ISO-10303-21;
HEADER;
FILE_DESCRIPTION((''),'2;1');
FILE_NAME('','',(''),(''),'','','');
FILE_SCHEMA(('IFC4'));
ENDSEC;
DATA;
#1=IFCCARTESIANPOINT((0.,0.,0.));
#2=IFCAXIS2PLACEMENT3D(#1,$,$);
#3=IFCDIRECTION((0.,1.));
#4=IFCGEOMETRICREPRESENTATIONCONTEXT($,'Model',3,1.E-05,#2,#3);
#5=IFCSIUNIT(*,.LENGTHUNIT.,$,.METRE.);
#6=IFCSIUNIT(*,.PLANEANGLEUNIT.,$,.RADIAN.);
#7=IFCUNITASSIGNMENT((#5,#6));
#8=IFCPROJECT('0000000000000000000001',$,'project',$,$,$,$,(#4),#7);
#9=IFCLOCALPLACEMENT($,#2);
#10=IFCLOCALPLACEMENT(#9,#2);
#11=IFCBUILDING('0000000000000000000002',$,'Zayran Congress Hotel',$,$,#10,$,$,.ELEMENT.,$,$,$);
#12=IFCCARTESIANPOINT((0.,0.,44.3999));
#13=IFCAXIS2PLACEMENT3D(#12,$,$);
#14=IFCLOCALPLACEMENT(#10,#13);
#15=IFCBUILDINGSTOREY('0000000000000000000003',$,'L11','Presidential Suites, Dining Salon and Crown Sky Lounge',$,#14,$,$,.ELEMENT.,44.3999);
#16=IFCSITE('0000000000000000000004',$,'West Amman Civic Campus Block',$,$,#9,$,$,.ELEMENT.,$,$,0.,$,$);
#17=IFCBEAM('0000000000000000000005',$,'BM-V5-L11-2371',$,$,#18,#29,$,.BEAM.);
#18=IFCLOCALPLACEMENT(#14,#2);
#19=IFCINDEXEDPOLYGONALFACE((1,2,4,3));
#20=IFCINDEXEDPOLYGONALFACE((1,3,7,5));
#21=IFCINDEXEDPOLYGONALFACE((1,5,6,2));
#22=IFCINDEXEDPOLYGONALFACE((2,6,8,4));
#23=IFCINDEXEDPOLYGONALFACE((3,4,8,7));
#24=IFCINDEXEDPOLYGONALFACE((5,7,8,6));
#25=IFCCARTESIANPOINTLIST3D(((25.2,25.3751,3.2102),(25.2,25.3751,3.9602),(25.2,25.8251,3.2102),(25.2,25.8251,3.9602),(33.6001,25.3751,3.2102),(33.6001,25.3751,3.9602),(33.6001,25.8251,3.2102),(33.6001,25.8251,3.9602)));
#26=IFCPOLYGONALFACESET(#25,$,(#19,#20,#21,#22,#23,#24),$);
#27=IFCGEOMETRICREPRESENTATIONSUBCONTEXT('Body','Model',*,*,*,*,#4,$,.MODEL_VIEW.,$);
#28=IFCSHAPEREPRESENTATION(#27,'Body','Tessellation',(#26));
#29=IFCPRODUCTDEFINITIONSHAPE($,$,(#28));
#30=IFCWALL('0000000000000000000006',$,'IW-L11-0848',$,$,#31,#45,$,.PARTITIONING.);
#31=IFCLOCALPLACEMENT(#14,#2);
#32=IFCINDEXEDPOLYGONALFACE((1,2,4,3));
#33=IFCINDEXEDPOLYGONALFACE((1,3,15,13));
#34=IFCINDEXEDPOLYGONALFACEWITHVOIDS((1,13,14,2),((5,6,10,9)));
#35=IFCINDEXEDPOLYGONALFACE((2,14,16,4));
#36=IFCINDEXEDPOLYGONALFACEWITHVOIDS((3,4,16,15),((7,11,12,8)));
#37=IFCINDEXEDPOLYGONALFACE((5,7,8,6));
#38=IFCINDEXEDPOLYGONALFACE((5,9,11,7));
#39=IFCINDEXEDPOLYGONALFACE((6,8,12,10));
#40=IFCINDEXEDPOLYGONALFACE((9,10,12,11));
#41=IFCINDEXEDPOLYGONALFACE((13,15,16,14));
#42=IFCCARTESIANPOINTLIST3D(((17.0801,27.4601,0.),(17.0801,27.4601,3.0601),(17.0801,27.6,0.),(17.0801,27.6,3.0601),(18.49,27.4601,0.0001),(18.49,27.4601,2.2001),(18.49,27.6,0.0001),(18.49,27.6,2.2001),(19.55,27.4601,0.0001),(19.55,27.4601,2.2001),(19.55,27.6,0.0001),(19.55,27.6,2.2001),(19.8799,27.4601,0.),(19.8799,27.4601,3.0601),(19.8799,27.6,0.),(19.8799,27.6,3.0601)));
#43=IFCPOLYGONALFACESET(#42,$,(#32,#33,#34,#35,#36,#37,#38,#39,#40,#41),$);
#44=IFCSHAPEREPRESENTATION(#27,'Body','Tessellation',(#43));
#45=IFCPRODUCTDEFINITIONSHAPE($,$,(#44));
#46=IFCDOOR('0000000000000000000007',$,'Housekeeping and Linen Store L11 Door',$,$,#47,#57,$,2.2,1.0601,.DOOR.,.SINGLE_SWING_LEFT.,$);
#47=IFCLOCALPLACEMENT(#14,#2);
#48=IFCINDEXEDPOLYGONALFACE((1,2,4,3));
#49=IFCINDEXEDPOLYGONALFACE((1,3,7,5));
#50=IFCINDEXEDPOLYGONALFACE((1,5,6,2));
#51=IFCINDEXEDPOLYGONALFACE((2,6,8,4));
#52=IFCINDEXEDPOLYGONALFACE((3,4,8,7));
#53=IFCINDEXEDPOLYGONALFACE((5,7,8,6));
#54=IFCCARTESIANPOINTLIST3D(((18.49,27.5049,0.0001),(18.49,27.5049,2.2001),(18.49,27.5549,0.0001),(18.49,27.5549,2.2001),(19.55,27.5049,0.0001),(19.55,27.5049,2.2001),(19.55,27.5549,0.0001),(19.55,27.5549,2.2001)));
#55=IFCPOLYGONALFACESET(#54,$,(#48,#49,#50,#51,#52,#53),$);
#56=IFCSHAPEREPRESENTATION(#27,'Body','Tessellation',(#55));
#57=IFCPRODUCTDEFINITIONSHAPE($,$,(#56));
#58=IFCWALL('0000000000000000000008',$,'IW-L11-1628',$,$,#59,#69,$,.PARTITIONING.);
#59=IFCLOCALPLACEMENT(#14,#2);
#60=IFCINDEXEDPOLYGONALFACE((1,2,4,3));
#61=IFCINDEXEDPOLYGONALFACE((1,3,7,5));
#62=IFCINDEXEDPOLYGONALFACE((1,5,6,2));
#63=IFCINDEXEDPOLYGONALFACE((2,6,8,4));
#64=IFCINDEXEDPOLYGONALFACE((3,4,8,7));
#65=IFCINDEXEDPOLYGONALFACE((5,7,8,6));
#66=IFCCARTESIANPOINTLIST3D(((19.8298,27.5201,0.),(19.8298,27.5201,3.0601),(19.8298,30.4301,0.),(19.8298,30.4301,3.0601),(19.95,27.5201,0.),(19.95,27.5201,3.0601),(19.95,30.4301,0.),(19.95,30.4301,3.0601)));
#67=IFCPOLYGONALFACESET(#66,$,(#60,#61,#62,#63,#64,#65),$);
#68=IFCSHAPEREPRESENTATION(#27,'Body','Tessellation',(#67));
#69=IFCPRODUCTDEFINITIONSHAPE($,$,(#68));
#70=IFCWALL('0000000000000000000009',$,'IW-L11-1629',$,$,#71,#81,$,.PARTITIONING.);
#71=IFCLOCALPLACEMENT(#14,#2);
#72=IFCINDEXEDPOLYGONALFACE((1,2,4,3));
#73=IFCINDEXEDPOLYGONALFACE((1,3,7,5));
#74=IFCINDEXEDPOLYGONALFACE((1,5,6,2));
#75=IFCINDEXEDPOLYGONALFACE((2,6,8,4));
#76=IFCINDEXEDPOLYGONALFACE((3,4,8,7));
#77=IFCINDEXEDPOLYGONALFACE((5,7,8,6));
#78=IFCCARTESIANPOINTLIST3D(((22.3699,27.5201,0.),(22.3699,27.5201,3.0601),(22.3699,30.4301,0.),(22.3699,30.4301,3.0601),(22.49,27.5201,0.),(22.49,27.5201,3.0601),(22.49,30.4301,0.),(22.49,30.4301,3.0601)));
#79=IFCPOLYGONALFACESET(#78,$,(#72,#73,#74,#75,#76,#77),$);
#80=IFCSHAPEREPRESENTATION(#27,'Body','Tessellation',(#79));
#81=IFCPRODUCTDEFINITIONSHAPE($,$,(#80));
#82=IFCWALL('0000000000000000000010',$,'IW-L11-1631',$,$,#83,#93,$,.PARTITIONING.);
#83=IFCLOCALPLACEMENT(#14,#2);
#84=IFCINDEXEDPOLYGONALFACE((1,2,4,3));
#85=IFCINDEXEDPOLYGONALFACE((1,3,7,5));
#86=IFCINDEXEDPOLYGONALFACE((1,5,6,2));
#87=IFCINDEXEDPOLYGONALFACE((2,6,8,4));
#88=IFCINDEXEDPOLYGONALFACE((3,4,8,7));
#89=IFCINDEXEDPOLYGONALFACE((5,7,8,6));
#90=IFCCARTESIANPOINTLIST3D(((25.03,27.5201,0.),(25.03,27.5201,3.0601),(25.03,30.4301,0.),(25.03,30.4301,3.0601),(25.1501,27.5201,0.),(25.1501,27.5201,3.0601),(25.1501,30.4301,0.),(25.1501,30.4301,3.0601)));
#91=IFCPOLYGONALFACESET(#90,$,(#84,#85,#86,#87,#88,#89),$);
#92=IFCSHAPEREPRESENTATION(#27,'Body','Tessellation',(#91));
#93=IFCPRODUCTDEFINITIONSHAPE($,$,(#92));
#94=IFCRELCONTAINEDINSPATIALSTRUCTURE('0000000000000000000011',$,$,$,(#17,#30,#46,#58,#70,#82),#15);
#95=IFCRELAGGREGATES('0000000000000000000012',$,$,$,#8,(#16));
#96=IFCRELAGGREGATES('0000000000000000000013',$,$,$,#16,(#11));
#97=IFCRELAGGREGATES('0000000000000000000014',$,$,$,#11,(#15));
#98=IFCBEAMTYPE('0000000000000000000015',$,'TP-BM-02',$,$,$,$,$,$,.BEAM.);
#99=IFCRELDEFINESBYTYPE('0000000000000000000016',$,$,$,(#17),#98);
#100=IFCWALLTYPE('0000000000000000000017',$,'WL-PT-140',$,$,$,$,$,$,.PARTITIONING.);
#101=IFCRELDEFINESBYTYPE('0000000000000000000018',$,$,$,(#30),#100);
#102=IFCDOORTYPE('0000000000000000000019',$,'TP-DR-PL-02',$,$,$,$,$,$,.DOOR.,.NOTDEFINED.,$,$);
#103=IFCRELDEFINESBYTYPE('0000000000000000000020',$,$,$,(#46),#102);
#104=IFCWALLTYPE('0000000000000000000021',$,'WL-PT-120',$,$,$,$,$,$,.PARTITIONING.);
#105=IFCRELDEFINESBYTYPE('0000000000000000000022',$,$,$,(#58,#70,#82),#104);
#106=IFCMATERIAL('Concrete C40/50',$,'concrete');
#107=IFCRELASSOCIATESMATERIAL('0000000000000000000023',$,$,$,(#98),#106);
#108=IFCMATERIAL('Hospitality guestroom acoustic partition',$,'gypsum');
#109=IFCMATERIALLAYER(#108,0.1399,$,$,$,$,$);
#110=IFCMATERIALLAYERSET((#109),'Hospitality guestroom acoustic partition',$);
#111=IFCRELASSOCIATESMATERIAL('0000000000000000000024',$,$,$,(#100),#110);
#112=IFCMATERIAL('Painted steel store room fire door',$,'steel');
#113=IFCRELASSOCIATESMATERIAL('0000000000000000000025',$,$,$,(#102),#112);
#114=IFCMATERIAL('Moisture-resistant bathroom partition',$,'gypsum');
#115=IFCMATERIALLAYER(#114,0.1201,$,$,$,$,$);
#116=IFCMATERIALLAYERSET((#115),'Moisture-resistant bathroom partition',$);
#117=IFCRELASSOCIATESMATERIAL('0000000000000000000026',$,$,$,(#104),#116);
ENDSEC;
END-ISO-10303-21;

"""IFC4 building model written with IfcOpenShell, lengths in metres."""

from ifc_helpers import new_model, si_unit, direction, frame, frame_2d, origin, origin_2d, place, context, subcontext, project, spatial, rectangle, extrude, material, layer, layer_set, material_profile, profile_set, type_object, element, fill, save


model = new_model("IFC4")

# Units and contexts
model_context = context("Model", 3, precision=1e-05, world=origin(), true_north=direction((0.0, 1.0)))
body_context = subcontext(model_context, "Body", "Model", "MODEL_VIEW")
ifc_project = project(units=[si_unit("LENGTHUNIT", "METRE"), si_unit("PLANEANGLEUNIT", "RADIAN")], contexts=[model_context])

# Site, building, storey
site_placement = place(None, origin())
site = spatial("IfcSite", under=ifc_project, at=site_placement, Name="West Amman Civic Campus Block", CompositionType="ELEMENT", RefElevation=0.0)
building_placement = place(site_placement, origin())
building = spatial("IfcBuilding", under=site, at=building_placement, Name="Zayran Congress Hotel", CompositionType="ELEMENT")
storey_placement = place(building_placement, frame((0.0, 0.0, 44.3999)))
storey = spatial("IfcBuildingStorey", under=building, at=storey_placement, Name="L11", Description="Presidential Suites, Dining Salon and Crown Sky Lounge", CompositionType="ELEMENT", Elevation=44.3999)

# Beam
ifc_material_1 = material(Name="Concrete C40/50", Category="concrete")
ifc_material_profile = material_profile(ifc_material_1, rectangle(XDim=0.45, YDim=0.75, at=origin_2d()), Name="RC 450x750")
ifc_profile_set = profile_set([ifc_material_profile], Name="Concrete C40/50")
beam_type = type_object("IfcBeamType", Name="TP-BM-02", PredefinedType="BEAM", material=ifc_profile_set)
beam_placement = place(storey_placement, frame((25.2, 25.6001, 3.5852), z_axis=(1.0, 0.0, 0.0), x_axis=(0.0, 1.0, 0.0)))
element("IfcBeam", 1, at=beam_placement, inside=storey, type_object=beam_type, Name="BM-V5-L11-2371", PredefinedType="BEAM", context=body_context, shape_type="SweptSolid", body=[
    extrude(rectangle(XDim=0.45, YDim=0.75, at=origin_2d()), origin(), (0.0, 0.0, 1.0), 8.4001),
])

# Wall, opening, door
ifc_material_2 = material(Name="Hospitality guestroom acoustic partition", Category="gypsum")
ifc_layer_1 = layer(ifc_material_2, 0.1399)
ifc_layer_set_1 = layer_set([ifc_layer_1], Name="Hospitality guestroom acoustic partition")
wall_type_1 = type_object("IfcWallType", Name="WL-PT-140", PredefinedType="PARTITIONING", material=ifc_layer_set_1)
wall_1_placement = place(storey_placement, frame((17.0801, 27.53, 0.0), z_axis=(0.0, 0.0, 1.0), x_axis=(1.0, 0.0, 0.0)))
wall_1 = element("IfcWall", 2, at=wall_1_placement, inside=storey, type_object=wall_type_1, Name="IW-L11-0848", PredefinedType="PARTITIONING", context=body_context, shape_type="SweptSolid", body=[
    extrude(rectangle(XDim=2.7998, YDim=0.1399, at=frame_2d((1.3999, 0.0))), origin(), (0.0, 0.0, 1.0), 3.0601),
])
opening_1_placement = place(wall_1_placement, frame((1.4099, 0.0, 0.0)))
opening_1 = element("IfcOpeningElement", 3, at=opening_1_placement, cuts=wall_1, PredefinedType="OPENING", context=body_context, shape_type="SweptSolid", body=[
    extrude(rectangle(XDim=1.0601, YDim=2.2, at=frame_2d((0.53, 1.1001))), frame((0.0, 0.0798, 0.0), z_axis=(0.0, -1.0, 0.0), x_axis=(1.0, 0.0, 0.0)), (0.0, 0.0, 1.0), 0.1599),
])
ifc_material_3 = material(Name="Painted steel store room fire door", Category="steel")
door_type_1 = type_object("IfcDoorType", Name="TP-DR-PL-02", OperationType="NOTDEFINED", PredefinedType="DOOR", material=ifc_material_3)
door_1_placement = place(opening_1_placement, origin())
door_1 = element("IfcDoor", 4, at=door_1_placement, inside=storey, type_object=door_type_1, Name="Housekeeping and Linen Store L11 Door", OperationType="SINGLE_SWING_LEFT", OverallHeight=2.2, OverallWidth=1.0601, PredefinedType="DOOR", context=body_context, shape_type="SweptSolid", body=[
    extrude(rectangle(XDim=1.0601, YDim=2.2, at=frame_2d((0.53, 1.1001))), frame((0.0, 0.0249, 0.0), z_axis=(0.0, -1.0, 0.0), x_axis=(1.0, 0.0, 0.0)), (0.0, 0.0, 1.0), 0.05),
])
fill(opening_1, door_1)
ifc_material_4 = material(Name="Moisture-resistant bathroom partition", Category="gypsum")
ifc_layer_2 = layer(ifc_material_4, 0.1201)
ifc_layer_set_2 = layer_set([ifc_layer_2], Name="Moisture-resistant bathroom partition")
wall_type_2 = type_object("IfcWallType", Name="WL-PT-120", PredefinedType="PARTITIONING", material=ifc_layer_set_2)

# Walls
for number, where, z_axis, x_axis, name in (
    (5, (19.8899, 27.52, 0.0), (0.0, 0.0, 1.0), (0.0, 1.0, 0.0), "IW-L11-1628"),
    (6, (22.4299, 27.52, 0.0), (0.0, 0.0, 1.0), (0.0, 1.0, 0.0), "IW-L11-1629"),
    (7, (25.0901, 27.52, 0.0), (0.0, 0.0, 1.0), (0.0, 1.0, 0.0), "IW-L11-1631"),
):
    element("IfcWall", number, at=place(storey_placement, frame(where, z_axis=z_axis, x_axis=x_axis)), inside=storey, type_object=wall_type_2, Name=name, PredefinedType="PARTITIONING", context=body_context, shape_type="SweptSolid", body=[
        extrude(rectangle(XDim=2.9099, YDim=0.1201, at=frame_2d((1.4551, 0.0))), origin(), (0.0, 0.0, 1.0), 3.0601),
    ])

save(model, "model.ifc")
